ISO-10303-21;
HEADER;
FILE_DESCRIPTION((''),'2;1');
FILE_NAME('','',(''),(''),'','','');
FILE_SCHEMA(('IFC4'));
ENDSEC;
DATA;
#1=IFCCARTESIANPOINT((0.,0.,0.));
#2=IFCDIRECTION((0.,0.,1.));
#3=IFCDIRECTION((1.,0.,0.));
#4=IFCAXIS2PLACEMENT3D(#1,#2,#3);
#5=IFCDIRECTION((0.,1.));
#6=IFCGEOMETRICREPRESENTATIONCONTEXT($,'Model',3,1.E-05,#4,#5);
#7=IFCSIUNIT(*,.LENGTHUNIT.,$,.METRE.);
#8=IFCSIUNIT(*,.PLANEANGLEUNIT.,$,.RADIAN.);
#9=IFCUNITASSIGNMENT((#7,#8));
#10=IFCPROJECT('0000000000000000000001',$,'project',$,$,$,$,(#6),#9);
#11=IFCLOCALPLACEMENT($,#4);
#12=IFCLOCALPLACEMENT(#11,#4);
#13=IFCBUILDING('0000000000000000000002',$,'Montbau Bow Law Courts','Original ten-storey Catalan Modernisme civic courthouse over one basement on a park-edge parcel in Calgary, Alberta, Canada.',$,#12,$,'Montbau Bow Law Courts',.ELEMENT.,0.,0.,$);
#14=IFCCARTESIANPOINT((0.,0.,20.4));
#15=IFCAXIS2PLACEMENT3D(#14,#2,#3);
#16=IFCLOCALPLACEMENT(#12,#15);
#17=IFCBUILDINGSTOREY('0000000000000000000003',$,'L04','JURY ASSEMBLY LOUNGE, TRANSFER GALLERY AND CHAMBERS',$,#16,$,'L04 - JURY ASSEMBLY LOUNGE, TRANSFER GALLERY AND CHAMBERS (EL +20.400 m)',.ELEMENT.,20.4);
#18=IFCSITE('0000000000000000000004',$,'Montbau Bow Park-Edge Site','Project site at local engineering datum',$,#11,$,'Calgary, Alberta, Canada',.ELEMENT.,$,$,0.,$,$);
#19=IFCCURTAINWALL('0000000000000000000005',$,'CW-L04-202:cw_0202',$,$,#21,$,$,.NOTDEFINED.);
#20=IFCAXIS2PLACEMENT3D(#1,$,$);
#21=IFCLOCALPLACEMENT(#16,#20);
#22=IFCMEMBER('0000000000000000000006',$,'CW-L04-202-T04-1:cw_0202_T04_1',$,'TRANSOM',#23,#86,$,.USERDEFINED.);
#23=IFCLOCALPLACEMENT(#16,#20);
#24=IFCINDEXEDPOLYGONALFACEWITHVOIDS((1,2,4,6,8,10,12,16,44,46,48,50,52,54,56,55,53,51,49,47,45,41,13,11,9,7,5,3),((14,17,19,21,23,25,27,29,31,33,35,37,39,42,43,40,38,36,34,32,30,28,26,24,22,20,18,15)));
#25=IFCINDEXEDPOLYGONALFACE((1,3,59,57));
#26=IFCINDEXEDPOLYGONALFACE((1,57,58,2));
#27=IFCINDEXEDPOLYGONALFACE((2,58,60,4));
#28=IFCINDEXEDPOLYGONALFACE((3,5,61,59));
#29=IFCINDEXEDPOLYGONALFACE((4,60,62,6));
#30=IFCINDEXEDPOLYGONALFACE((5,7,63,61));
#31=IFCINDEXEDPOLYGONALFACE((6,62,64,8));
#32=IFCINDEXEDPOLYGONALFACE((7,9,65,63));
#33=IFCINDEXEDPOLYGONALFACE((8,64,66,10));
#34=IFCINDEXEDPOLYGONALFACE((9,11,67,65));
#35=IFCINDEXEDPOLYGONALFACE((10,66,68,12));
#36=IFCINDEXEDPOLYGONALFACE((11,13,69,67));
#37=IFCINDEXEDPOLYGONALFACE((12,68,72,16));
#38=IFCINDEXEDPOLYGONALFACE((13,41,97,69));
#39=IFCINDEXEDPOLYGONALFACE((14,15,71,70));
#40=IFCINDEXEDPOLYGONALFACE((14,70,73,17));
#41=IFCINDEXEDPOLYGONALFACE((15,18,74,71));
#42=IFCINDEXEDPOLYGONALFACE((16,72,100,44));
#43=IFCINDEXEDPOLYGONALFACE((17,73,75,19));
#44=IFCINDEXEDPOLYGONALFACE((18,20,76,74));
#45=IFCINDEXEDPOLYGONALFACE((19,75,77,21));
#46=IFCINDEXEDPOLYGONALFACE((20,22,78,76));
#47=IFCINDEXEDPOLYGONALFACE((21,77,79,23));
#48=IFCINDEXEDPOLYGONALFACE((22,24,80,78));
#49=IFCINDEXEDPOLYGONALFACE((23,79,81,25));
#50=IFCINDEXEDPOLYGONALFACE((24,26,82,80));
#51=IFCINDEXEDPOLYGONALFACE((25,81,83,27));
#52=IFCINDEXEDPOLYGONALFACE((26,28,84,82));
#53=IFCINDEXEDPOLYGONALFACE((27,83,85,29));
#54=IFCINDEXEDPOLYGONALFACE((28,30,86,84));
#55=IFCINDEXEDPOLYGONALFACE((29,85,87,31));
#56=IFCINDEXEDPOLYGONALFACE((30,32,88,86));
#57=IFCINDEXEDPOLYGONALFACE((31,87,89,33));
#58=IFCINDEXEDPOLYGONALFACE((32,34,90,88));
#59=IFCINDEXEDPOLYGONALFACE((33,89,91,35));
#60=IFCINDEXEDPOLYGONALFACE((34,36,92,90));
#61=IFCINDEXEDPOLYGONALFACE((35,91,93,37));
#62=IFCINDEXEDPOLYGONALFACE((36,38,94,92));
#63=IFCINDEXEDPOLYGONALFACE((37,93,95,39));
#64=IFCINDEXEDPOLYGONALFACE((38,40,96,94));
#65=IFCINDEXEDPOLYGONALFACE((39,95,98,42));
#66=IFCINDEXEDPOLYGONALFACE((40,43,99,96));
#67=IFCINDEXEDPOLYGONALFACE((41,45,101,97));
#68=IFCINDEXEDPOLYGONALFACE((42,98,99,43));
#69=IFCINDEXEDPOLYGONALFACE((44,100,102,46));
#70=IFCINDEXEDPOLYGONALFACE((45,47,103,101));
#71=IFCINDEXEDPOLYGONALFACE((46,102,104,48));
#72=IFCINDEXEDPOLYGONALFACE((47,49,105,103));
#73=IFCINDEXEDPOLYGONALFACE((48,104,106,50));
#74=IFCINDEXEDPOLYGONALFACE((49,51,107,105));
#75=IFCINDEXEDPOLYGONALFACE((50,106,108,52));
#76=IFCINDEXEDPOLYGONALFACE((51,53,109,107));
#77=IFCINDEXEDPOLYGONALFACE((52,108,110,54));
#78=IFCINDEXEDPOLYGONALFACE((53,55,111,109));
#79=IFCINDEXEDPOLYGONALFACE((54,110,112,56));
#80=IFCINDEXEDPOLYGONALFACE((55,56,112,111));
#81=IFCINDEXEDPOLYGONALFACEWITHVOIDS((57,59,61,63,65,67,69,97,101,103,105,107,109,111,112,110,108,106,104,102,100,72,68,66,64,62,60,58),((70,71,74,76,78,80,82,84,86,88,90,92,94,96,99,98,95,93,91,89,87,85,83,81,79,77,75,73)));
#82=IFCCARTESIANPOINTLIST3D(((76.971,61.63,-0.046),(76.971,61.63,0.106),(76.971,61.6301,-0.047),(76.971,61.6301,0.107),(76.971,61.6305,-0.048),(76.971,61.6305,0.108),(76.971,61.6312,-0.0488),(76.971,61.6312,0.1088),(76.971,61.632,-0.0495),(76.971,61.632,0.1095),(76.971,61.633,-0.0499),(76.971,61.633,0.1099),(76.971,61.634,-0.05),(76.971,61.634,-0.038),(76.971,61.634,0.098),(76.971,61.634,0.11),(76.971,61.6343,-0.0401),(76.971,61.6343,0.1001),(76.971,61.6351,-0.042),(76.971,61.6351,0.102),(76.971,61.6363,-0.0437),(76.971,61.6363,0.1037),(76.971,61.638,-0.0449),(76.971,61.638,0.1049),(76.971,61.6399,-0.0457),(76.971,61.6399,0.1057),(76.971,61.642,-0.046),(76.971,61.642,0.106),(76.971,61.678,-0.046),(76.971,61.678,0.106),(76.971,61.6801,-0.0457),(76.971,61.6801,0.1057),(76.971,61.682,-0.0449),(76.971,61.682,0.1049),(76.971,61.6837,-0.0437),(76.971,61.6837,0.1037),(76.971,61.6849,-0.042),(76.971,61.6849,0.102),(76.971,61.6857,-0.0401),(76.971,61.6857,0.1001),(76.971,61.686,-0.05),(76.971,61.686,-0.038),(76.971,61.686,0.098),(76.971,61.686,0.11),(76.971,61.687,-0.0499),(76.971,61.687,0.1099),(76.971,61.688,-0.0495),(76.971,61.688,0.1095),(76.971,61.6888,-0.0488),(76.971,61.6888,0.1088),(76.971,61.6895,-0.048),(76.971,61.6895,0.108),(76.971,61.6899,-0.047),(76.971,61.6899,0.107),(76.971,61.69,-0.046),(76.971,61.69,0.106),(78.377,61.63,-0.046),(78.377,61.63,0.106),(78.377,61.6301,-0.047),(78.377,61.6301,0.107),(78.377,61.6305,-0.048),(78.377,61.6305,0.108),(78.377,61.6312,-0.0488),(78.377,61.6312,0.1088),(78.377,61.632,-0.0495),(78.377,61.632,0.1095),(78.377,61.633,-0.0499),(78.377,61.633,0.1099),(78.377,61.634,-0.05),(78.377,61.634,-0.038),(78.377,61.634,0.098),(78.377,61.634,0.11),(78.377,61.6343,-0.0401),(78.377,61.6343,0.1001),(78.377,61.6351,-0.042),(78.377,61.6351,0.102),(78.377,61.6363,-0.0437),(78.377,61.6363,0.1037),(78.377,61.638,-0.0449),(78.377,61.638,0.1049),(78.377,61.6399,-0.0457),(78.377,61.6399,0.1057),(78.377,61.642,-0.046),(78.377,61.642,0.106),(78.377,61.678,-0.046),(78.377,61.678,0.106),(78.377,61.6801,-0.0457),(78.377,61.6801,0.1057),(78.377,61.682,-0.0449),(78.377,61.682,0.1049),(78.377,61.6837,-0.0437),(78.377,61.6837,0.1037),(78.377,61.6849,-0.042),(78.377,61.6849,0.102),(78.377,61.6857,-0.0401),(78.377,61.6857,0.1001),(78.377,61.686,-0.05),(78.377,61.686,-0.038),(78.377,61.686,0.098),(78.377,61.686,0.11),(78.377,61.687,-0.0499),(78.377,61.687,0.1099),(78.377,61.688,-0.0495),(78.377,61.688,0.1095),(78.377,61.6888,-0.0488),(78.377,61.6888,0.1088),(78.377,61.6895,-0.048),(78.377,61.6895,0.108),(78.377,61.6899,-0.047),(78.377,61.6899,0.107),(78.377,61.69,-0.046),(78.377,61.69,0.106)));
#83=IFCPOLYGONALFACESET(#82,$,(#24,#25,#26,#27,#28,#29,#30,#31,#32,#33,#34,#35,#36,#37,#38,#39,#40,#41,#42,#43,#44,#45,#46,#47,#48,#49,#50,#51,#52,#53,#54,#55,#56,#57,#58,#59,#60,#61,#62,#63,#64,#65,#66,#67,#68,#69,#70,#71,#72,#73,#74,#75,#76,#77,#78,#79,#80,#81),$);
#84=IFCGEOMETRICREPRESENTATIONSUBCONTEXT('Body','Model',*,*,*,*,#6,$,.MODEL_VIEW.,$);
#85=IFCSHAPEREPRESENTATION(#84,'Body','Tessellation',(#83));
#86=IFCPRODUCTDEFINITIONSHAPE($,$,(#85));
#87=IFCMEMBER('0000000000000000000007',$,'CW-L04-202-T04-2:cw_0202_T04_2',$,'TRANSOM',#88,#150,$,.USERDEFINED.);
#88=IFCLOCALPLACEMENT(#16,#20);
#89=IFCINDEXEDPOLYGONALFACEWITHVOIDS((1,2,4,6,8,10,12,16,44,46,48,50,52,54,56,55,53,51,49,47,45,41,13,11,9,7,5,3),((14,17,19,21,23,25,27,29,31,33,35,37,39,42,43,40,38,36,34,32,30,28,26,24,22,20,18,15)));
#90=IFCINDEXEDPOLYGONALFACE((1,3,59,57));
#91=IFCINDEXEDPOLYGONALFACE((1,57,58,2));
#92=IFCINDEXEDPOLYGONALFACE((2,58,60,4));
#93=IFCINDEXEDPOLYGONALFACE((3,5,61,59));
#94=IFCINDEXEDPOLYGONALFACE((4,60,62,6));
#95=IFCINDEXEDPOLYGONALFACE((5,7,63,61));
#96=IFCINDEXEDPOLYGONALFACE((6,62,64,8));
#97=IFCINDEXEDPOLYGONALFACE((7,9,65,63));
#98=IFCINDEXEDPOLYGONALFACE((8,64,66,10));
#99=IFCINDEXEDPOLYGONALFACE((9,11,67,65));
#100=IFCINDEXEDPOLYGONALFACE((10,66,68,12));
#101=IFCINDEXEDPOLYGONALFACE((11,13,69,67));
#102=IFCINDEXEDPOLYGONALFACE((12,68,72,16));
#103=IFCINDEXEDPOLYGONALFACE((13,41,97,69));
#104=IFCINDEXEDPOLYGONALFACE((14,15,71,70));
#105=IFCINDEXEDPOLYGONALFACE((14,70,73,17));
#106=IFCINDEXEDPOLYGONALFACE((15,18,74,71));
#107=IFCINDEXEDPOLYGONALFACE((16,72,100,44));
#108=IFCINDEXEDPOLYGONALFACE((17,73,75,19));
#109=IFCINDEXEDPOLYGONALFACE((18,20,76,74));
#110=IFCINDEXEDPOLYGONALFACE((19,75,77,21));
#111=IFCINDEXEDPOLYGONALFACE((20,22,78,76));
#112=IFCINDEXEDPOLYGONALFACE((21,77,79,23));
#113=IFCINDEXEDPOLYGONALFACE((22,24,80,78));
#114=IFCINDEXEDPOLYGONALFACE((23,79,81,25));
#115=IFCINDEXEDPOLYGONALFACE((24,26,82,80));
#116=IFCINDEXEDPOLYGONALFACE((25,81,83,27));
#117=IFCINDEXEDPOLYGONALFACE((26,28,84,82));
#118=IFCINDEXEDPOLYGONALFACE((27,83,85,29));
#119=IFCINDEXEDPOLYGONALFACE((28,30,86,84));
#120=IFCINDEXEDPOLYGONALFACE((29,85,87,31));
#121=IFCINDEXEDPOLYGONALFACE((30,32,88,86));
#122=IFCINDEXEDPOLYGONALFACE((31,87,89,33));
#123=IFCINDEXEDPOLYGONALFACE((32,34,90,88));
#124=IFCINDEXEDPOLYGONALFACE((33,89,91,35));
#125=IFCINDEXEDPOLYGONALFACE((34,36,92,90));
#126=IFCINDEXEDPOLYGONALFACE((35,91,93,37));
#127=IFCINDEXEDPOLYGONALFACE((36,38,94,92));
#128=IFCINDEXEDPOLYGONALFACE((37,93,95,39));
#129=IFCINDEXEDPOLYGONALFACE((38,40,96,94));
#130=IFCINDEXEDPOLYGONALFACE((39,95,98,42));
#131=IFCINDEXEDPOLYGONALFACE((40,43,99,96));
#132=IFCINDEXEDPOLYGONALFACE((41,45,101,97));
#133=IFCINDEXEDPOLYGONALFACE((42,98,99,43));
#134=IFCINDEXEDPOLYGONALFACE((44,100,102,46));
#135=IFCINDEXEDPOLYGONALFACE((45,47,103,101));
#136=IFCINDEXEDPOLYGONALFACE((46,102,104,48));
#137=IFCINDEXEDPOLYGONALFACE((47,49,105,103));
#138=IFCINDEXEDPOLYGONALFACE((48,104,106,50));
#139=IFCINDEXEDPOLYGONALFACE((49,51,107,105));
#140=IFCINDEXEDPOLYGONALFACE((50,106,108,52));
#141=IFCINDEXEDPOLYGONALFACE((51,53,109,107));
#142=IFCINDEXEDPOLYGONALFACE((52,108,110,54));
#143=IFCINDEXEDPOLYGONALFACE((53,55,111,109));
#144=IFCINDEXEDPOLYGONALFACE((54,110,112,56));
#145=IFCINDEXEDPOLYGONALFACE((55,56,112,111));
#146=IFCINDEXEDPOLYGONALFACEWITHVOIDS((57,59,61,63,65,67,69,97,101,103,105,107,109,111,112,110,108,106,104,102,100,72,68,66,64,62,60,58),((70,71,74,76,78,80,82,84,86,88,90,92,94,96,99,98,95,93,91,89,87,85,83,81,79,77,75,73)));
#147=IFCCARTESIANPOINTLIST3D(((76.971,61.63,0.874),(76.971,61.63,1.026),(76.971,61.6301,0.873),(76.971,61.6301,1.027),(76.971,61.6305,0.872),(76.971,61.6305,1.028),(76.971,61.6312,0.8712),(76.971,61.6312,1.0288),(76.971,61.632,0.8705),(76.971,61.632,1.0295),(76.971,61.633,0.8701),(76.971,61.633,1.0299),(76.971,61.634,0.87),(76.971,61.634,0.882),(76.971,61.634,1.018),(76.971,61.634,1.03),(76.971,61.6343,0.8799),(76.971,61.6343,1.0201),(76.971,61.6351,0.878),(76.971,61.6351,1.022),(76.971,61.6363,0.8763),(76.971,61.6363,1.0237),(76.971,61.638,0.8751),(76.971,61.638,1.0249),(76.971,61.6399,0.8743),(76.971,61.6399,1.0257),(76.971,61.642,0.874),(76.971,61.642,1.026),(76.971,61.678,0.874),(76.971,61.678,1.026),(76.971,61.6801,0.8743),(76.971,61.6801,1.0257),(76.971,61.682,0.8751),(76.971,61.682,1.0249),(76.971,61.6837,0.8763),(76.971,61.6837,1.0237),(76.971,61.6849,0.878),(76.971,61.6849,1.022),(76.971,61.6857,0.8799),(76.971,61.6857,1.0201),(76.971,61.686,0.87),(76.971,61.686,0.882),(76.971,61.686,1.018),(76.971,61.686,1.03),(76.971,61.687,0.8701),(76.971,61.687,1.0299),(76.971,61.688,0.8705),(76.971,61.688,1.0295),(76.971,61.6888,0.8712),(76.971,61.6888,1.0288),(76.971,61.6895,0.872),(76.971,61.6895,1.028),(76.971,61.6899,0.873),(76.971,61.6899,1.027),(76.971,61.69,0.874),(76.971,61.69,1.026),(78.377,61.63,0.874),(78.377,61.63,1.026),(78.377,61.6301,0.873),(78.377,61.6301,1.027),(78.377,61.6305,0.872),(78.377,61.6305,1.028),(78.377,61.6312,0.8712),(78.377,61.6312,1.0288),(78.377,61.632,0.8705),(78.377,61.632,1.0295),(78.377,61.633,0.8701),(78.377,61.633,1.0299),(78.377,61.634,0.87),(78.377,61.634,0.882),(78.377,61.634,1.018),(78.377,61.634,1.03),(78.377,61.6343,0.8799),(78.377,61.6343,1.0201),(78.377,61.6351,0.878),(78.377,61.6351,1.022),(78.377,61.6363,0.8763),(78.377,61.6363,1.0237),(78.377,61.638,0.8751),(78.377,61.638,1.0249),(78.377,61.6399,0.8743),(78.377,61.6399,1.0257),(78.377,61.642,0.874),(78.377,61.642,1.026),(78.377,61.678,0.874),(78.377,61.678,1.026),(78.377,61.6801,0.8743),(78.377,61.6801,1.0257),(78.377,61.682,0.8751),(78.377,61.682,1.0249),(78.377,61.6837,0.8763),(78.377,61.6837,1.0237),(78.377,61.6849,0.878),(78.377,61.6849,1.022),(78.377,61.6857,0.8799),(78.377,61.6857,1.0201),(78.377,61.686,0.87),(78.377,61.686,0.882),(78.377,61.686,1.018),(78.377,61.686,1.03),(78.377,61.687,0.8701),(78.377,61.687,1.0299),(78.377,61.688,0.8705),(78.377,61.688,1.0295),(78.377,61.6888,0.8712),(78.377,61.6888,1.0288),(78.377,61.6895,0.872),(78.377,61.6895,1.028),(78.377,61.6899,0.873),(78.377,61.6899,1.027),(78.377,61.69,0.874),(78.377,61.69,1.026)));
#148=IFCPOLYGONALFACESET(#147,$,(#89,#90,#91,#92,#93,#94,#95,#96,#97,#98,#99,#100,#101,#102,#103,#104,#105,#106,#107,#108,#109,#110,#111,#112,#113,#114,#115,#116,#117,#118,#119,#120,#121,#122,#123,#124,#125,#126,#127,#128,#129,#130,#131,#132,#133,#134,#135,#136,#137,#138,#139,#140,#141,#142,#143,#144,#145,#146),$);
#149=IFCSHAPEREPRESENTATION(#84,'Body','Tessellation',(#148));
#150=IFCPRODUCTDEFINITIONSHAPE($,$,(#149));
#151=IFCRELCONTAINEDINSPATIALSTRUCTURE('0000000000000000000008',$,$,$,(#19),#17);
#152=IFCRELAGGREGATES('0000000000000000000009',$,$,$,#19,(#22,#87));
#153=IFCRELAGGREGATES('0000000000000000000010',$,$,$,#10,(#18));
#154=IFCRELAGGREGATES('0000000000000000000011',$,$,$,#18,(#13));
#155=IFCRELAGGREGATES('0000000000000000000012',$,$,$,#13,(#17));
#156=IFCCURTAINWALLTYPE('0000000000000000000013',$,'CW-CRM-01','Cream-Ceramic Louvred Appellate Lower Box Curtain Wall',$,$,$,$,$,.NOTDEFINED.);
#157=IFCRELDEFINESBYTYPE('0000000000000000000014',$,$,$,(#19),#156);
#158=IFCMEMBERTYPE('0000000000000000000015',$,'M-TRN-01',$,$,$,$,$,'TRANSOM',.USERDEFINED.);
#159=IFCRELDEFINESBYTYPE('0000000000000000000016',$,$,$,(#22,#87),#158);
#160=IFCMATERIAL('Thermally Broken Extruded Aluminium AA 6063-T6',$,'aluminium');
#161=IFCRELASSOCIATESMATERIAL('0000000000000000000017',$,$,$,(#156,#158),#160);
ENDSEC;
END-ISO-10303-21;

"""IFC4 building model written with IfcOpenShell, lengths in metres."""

from ifc_helpers import new_model, si_unit, direction, frame, origin_with_axes, origin_2d_with_axis, place, context, subcontext, project, spatial, hollow_rectangle, extrude, material, material_profile, profile_set, type_object, element, aggregate, save


model = new_model("IFC4")

# Units and contexts
model_context = context("Model", 3, precision=1e-05, world=origin_with_axes(), true_north=direction((0.0, 1.0)))
body_context = subcontext(model_context, "Body", "Model", "MODEL_VIEW")
ifc_project = project(units=[si_unit("LENGTHUNIT", "METRE"), si_unit("PLANEANGLEUNIT", "RADIAN")], contexts=[model_context])

# Site, building, storey
site_placement = place(None, origin_with_axes())
site = spatial("IfcSite", under=ifc_project, at=site_placement, Name="Montbau Bow Park-Edge Site", Description="Project site at local engineering datum", LongName="Calgary, Alberta, Canada", CompositionType="ELEMENT", RefElevation=0.0)
building_placement = place(site_placement, origin_with_axes())
building = spatial("IfcBuilding", under=site, at=building_placement, Name="Montbau Bow Law Courts", Description="Original ten-storey Catalan Modernisme civic courthouse over one basement on a park-edge parcel in Calgary, Alberta, Canada.", LongName="Montbau Bow Law Courts", CompositionType="ELEMENT", ElevationOfRefHeight=0.0, ElevationOfTerrain=0.0)
storey_placement = place(building_placement, frame((0.0, 0.0, 20.4), z_axis=(0.0, 0.0, 1.0), x_axis=(1.0, 0.0, 0.0)))
storey = spatial("IfcBuildingStorey", under=building, at=storey_placement, Name="L04", Description="JURY ASSEMBLY LOUNGE, TRANSFER GALLERY AND CHAMBERS", LongName="L04 - JURY ASSEMBLY LOUNGE, TRANSFER GALLERY AND CHAMBERS (EL +20.400 m)", CompositionType="ELEMENT", Elevation=20.4)

# Curtain wall
ifc_material_1 = material(Name="Thermally Broken Extruded Aluminium AA 6063-T6", Category="aluminium")
curtain_wall_type = type_object("IfcCurtainWallType", Name="CW-CRM-01", Description="Cream-Ceramic Louvred Appellate Lower Box Curtain Wall", PredefinedType="NOTDEFINED", material=ifc_material_1)
curtain_wall_1_placement = place(None, frame((72.515, 61.66, 20.4), z_axis=(0.0, 0.0, 1.0), x_axis=(1.0, 0.0, 0.0)))
curtain_wall_1 = element("IfcCurtainWall", 1, at=curtain_wall_1_placement, inside=storey, type_object=curtain_wall_type, Name="CW-L04-202:cw_0202", PredefinedType="NOTDEFINED")

# Members
ifc_material_profile_1 = material_profile(ifc_material_1, hollow_rectangle(XDim=0.06, YDim=0.16, WallThickness=0.004, InnerFilletRadius=0.008, OuterFilletRadius=0.004, at=origin_2d_with_axis()), Name="CWT-160X60", Category="Main", Priority=0)
ifc_profile_set_1 = profile_set([ifc_material_profile_1], Name="Thermally Broken Extruded Aluminium AA 6063-T6")
member_type_1 = type_object("IfcMemberType", Name="M-TRN-01", ElementType="TRANSOM", PredefinedType="USERDEFINED", material=ifc_profile_set_1)
member_1_placement = place(None, frame((76.971, 61.66, 20.43), z_axis=(1.0, 0.0, 0.0), x_axis=(0.0, 1.0, 0.0)))
member_1 = element("IfcMember", 2, at=member_1_placement, type_object=member_type_1, Name="CW-L04-202-T04-1:cw_0202_T04_1", ObjectType="TRANSOM", PredefinedType="USERDEFINED", context=body_context, shape_type="SweptSolid", body=[
    extrude(hollow_rectangle(XDim=0.06, YDim=0.16, WallThickness=0.004, InnerFilletRadius=0.008, OuterFilletRadius=0.004, at=origin_2d_with_axis()), origin_with_axes(), (0.0, 0.0, 1.0), 1.406),
])
member_2_placement = place(None, frame((76.971, 61.66, 21.35), z_axis=(1.0, 0.0, 0.0), x_axis=(0.0, 1.0, 0.0)))
member_2 = element("IfcMember", 3, at=member_2_placement, type_object=member_type_1, Name="CW-L04-202-T04-2:cw_0202_T04_2", ObjectType="TRANSOM", PredefinedType="USERDEFINED", context=body_context, shape_type="SweptSolid", body=[
    extrude(hollow_rectangle(XDim=0.06, YDim=0.16, WallThickness=0.004, InnerFilletRadius=0.008, OuterFilletRadius=0.004, at=origin_2d_with_axis()), origin_with_axes(), (0.0, 0.0, 1.0), 1.406),
])

aggregate(curtain_wall_1, [member_1, member_2])

save(model, "model.ifc")
